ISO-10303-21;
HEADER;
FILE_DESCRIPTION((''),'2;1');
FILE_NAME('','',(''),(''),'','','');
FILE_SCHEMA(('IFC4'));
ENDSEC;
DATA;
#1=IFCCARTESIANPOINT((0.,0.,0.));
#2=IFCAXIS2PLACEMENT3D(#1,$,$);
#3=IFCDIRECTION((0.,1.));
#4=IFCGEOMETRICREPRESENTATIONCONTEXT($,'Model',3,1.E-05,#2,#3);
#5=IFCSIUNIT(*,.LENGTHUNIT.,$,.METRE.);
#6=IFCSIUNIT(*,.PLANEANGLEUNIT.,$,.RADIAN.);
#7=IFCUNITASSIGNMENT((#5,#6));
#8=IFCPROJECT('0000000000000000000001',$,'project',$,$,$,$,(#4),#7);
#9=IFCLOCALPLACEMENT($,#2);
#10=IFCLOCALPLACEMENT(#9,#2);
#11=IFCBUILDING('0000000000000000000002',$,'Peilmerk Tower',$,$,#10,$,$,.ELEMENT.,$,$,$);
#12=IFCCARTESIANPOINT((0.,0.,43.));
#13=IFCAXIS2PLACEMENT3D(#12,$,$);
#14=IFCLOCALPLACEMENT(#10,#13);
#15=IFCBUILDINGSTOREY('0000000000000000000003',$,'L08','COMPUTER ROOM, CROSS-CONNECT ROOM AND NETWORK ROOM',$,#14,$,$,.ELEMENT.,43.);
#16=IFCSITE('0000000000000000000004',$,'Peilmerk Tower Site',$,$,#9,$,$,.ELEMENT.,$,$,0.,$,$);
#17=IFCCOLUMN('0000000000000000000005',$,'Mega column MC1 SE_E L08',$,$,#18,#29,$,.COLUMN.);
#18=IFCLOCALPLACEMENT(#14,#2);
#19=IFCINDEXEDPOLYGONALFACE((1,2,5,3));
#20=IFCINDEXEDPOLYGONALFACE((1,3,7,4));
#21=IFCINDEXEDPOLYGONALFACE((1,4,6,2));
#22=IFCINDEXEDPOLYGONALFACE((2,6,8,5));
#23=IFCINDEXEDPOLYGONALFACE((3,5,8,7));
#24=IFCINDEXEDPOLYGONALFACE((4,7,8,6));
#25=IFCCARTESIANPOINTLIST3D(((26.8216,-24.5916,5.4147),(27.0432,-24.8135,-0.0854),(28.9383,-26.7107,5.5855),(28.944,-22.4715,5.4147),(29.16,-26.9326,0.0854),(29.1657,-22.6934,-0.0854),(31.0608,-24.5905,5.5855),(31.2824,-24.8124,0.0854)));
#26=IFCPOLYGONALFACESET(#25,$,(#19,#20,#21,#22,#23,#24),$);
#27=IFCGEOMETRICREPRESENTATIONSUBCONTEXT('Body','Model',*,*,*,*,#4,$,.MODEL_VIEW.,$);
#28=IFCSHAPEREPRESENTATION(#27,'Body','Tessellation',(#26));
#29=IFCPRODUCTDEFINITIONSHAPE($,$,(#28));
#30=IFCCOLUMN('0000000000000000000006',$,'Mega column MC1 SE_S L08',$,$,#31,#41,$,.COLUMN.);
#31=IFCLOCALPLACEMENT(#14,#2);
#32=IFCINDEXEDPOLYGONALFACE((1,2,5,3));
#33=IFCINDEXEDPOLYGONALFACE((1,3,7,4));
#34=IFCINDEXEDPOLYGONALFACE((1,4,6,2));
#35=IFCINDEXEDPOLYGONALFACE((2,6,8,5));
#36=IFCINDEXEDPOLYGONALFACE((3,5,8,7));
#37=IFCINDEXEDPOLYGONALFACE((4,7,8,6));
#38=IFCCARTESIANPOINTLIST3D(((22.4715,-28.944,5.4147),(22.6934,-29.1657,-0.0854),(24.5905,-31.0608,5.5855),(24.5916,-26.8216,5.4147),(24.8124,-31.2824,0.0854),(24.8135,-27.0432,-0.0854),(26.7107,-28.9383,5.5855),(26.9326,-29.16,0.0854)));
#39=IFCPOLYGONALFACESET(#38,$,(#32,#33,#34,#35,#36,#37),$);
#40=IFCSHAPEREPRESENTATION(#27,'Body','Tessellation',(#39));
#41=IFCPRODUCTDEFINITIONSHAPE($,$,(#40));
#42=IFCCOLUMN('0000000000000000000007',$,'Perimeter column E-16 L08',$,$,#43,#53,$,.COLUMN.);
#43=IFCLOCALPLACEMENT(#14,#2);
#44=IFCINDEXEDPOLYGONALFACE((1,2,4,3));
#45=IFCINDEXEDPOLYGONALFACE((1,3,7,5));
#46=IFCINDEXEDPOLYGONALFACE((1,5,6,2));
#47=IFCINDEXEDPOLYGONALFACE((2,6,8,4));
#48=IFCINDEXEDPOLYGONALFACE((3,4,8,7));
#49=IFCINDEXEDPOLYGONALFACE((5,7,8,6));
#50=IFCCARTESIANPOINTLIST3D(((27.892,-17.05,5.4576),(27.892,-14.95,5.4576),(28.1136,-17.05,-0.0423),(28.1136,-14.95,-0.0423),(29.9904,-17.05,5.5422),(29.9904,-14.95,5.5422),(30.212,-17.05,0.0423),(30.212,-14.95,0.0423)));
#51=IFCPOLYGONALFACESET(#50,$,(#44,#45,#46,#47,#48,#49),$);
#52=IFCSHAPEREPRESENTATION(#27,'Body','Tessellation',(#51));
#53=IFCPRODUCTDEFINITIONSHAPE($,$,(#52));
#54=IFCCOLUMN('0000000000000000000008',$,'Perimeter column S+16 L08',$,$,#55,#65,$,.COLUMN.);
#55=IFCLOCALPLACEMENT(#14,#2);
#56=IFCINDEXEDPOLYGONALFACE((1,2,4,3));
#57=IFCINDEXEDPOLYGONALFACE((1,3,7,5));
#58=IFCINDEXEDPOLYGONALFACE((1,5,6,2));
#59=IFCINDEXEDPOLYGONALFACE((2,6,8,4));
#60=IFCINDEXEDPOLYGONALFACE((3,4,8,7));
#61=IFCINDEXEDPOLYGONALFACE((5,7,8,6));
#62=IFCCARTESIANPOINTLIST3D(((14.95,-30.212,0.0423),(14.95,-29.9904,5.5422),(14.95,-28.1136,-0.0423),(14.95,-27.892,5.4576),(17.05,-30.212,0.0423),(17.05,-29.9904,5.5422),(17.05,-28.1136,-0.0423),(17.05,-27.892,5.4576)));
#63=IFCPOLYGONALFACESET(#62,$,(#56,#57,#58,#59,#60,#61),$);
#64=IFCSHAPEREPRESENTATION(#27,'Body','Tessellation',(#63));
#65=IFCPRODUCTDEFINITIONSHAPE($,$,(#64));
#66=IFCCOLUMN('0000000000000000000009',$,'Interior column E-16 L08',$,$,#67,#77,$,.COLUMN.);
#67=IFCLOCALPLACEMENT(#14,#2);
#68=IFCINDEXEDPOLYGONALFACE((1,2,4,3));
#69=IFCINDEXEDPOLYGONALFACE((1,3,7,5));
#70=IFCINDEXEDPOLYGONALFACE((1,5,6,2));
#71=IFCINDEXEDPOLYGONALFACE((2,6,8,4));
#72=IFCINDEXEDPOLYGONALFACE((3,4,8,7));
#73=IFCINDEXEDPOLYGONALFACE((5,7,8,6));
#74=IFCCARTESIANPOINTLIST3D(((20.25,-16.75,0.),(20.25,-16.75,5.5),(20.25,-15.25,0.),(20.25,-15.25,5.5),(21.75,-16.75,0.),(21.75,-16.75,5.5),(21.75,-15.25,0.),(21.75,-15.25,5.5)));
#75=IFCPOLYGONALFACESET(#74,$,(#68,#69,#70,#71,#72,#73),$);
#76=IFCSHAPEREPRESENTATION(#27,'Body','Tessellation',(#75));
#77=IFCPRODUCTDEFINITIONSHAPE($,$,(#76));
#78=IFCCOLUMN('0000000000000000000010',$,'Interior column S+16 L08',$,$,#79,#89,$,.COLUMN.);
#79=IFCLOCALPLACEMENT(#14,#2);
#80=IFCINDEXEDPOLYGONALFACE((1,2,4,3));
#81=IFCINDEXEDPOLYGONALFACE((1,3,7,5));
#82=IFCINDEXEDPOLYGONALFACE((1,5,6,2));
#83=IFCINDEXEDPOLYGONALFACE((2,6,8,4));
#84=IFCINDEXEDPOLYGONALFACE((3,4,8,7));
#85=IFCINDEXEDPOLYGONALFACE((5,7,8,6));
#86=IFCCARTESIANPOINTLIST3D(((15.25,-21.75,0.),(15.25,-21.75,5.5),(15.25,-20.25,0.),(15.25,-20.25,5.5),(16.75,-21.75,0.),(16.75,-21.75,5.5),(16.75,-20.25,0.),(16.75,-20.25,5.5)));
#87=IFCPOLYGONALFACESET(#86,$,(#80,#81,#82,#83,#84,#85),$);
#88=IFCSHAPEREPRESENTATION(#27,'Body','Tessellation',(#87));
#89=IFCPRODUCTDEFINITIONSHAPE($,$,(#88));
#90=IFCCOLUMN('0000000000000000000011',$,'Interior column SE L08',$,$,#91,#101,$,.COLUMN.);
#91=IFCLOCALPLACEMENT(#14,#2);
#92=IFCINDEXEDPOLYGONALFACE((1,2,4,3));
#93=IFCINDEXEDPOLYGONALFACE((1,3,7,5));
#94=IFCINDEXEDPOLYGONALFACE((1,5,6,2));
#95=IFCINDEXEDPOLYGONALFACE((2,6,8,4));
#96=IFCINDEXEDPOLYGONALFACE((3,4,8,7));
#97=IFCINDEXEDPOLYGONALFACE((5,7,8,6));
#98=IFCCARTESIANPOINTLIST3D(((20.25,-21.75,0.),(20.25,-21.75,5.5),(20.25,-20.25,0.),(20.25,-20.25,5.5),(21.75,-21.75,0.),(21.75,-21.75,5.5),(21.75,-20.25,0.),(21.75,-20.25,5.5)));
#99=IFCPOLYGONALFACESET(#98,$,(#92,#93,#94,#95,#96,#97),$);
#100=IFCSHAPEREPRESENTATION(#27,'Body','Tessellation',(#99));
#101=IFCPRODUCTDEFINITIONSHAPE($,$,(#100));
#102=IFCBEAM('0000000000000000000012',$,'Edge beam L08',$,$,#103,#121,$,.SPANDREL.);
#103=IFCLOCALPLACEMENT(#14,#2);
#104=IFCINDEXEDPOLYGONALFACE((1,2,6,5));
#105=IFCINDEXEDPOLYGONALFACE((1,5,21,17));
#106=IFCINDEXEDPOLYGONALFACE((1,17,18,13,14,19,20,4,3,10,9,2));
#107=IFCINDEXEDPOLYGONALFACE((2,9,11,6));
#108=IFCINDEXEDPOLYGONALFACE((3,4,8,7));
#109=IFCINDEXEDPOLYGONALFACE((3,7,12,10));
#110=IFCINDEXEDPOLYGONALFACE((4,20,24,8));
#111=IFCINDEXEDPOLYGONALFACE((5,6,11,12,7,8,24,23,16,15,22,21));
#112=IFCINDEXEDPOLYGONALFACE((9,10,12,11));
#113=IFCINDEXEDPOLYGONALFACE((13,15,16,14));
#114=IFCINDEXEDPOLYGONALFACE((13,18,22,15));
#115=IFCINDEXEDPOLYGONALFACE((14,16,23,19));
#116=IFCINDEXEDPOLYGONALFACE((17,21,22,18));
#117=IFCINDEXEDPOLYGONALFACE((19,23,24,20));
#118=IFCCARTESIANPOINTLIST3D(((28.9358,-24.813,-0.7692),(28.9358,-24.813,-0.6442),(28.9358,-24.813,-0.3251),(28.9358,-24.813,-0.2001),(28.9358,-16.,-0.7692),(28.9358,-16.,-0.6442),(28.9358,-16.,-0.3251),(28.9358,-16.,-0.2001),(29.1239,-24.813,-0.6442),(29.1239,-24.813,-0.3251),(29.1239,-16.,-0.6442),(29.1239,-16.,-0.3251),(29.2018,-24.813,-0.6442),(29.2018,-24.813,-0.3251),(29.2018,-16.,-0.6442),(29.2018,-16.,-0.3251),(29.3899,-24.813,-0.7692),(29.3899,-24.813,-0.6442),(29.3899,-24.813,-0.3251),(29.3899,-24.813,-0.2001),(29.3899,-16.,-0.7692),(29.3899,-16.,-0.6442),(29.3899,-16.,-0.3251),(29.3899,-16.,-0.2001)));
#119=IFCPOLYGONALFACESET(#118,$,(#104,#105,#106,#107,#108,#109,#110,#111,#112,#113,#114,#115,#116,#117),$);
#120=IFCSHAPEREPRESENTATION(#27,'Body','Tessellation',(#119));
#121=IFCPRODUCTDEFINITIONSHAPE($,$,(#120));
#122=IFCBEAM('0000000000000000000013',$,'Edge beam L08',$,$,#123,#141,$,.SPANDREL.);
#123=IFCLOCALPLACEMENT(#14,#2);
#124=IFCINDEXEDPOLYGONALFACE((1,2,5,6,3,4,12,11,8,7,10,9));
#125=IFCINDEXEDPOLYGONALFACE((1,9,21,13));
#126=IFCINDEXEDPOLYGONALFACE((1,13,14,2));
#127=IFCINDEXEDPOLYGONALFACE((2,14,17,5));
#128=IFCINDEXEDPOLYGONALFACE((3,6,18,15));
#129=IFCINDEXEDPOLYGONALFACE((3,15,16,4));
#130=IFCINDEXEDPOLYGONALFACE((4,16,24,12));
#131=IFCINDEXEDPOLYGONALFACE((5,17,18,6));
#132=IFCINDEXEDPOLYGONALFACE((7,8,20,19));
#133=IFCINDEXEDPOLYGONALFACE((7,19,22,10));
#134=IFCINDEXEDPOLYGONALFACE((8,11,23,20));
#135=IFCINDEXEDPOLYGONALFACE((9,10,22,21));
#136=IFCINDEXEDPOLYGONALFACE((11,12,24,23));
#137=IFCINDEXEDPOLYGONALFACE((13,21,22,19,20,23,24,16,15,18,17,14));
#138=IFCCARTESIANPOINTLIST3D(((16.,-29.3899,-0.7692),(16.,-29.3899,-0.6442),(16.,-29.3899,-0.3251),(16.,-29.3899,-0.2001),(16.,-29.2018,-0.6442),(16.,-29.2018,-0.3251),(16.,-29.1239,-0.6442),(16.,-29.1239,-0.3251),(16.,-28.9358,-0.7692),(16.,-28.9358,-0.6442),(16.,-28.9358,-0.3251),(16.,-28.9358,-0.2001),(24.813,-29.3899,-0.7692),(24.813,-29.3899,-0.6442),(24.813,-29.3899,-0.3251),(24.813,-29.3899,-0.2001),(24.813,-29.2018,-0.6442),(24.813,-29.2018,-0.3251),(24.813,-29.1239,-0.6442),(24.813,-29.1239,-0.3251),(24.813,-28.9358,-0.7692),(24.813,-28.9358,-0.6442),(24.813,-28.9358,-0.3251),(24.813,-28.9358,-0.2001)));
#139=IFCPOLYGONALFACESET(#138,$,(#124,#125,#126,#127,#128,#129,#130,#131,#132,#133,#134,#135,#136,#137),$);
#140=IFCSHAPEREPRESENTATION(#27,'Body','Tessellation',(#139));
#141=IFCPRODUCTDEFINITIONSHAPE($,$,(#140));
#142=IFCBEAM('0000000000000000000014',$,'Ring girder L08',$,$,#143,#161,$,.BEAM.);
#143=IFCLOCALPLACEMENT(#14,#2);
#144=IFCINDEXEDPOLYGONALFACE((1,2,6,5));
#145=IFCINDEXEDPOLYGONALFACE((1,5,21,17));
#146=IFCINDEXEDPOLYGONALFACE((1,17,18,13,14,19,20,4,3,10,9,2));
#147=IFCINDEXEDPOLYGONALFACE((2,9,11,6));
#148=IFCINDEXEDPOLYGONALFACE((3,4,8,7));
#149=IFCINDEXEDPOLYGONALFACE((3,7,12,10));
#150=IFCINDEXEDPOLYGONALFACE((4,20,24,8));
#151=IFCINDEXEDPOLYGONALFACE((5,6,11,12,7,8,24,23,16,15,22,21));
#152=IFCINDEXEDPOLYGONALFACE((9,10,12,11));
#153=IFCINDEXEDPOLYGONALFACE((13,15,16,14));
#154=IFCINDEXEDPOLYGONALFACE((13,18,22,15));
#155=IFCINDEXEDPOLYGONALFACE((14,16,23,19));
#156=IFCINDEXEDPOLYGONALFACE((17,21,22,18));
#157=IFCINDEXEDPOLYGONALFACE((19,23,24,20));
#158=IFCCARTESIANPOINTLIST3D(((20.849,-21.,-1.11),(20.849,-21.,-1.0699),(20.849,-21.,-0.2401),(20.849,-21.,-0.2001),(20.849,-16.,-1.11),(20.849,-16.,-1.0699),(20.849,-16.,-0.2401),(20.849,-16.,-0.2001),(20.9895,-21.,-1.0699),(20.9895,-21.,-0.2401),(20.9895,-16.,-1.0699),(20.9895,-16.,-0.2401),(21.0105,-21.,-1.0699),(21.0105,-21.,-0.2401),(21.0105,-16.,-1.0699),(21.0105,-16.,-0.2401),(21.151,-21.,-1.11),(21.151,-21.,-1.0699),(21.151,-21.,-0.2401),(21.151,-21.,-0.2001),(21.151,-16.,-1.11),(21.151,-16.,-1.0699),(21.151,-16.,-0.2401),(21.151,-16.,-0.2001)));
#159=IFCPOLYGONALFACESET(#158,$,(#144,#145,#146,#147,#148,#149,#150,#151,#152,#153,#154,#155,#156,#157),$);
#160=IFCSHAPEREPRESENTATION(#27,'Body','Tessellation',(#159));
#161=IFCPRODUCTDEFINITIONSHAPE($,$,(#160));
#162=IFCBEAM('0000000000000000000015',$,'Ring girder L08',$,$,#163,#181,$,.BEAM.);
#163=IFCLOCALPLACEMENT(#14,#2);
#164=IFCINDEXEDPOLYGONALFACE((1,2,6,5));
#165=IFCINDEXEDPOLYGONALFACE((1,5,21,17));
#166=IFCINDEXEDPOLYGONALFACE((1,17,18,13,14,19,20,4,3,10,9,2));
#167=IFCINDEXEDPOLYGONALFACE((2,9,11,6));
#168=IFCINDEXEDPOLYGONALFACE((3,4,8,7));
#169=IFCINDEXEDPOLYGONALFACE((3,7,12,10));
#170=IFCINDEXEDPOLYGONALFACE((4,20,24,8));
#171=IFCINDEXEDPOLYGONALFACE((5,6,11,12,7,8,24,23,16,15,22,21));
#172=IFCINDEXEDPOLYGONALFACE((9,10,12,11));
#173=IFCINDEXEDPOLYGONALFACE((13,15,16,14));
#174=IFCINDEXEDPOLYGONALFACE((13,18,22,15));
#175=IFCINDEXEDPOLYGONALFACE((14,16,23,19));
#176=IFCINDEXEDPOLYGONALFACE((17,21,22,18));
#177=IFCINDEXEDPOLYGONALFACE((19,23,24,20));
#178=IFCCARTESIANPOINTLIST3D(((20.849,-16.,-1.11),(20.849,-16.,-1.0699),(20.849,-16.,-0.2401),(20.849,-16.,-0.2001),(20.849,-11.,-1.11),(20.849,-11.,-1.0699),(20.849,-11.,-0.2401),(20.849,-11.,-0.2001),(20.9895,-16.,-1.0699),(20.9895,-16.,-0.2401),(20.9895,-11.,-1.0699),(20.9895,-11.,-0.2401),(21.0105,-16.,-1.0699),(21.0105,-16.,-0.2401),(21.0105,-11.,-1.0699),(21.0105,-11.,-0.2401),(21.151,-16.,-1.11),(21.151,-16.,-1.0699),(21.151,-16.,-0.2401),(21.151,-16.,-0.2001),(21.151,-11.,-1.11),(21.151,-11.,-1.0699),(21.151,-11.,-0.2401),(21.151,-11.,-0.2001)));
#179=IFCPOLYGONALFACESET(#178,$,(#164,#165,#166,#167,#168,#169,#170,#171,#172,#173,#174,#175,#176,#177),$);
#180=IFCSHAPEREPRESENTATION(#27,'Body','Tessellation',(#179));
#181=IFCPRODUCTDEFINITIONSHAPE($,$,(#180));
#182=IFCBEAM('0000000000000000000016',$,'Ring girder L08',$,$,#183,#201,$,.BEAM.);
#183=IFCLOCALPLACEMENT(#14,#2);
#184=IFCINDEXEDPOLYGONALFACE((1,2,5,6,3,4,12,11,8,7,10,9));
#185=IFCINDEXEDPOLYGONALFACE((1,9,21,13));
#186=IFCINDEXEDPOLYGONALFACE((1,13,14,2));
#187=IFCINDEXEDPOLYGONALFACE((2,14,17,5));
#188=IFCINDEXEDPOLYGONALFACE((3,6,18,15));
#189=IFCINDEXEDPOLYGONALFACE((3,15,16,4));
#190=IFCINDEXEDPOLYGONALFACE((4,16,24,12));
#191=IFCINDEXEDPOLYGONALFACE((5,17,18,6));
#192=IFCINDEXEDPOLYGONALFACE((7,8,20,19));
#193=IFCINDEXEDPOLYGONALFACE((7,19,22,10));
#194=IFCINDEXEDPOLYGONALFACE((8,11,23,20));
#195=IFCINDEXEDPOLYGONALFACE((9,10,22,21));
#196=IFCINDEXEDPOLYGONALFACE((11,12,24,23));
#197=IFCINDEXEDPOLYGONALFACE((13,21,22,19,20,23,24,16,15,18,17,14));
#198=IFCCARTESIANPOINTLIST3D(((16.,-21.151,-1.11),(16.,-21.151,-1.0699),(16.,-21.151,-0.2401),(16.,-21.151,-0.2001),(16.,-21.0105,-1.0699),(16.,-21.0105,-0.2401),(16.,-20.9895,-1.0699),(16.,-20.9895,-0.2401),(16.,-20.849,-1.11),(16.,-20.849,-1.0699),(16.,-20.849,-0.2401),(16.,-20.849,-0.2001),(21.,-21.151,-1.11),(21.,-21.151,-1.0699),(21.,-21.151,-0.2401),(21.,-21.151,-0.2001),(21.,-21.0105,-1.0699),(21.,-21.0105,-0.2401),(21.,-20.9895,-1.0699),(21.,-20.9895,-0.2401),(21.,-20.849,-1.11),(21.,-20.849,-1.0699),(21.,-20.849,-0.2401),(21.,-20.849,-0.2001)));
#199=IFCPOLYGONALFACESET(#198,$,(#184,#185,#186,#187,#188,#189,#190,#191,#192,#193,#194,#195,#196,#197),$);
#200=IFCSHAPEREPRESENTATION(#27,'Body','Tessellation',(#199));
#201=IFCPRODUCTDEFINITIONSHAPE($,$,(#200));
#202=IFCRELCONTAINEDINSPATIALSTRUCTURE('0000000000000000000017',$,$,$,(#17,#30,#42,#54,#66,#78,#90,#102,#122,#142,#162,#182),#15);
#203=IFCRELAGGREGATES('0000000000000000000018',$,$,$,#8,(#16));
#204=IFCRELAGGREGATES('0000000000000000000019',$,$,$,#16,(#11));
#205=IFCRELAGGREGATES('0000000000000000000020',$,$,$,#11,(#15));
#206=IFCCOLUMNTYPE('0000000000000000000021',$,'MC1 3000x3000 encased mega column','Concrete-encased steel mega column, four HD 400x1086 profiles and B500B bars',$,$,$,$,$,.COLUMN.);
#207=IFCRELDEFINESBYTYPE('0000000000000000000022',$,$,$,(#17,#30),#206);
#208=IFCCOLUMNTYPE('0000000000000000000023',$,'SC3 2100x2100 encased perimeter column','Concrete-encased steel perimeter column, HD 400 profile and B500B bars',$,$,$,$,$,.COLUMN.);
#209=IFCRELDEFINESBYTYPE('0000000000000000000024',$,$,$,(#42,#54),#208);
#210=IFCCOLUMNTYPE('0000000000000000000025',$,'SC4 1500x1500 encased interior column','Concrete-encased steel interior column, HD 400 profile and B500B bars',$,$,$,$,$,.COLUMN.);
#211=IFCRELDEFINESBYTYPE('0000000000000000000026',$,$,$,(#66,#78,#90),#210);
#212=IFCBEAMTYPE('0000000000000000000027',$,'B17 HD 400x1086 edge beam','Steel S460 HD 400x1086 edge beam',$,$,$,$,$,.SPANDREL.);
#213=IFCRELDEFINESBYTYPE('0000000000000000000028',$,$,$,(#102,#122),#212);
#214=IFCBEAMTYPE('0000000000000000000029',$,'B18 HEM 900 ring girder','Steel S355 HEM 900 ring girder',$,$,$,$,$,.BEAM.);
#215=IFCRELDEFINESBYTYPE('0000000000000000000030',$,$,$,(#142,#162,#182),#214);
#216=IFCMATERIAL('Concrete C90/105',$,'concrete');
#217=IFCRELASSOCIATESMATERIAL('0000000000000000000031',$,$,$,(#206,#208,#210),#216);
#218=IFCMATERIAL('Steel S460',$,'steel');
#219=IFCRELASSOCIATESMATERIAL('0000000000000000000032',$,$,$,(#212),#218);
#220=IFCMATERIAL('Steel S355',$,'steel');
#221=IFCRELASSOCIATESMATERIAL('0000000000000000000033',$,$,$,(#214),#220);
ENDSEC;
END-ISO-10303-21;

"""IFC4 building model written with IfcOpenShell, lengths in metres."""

from ifc_helpers import new_model, si_unit, direction, frame, origin, origin_2d, place, context, subcontext, project, spatial, rectangle, i_section, extrude, material, material_profile, profile_set, type_object, element, save


model = new_model("IFC4")

# Units and contexts
model_context = context("Model", 3, precision=1e-05, world=origin(), true_north=direction((0.0, 1.0)))
body_context = subcontext(model_context, "Body", "Model", "MODEL_VIEW")
ifc_project = project(units=[si_unit("LENGTHUNIT", "METRE"), si_unit("PLANEANGLEUNIT", "RADIAN")], contexts=[model_context])

# Site, building, storey
site_placement = place(None, origin())
site = spatial("IfcSite", under=ifc_project, at=site_placement, Name="Peilmerk Tower Site", CompositionType="ELEMENT", RefElevation=0.0)
building_placement = place(site_placement, origin())
building = spatial("IfcBuilding", under=site, at=building_placement, Name="Peilmerk Tower", CompositionType="ELEMENT")
storey_placement = place(building_placement, frame((0.0, 0.0, 43.0)))
storey = spatial("IfcBuildingStorey", under=building, at=storey_placement, Name="L08", Description="COMPUTER ROOM, CROSS-CONNECT ROOM AND NETWORK ROOM", CompositionType="ELEMENT", Elevation=43.0)

# Columns
ifc_material_1 = material(Name="Concrete C90/105", Category="concrete")
ifc_material_profile_1 = material_profile(ifc_material_1, rectangle(XDim=3.0, YDim=3.0, at=origin_2d()), Name="RC 3000x3000")
ifc_profile_set_1 = profile_set([ifc_material_profile_1], Name="Concrete C90/105")
column_type_1 = type_object("IfcColumnType", Name="MC1 3000x3000 encased mega column", Description="Concrete-encased steel mega column, four HD 400x1086 profiles and B500B bars", PredefinedType="COLUMN", material=ifc_profile_set_1)
for number, where, z_axis, x_axis, name in (
    (1, (29.1628, -24.813, 0.0), (-0.04024, 0.040284, 0.998378), (-0.707496, -0.706718, 0.0), "Mega column MC1 SE_E L08"),
    (2, (24.813, -29.1628, 0.0), (-0.040284, 0.04024, 0.998378), (-0.706718, -0.707496, 0.0), "Mega column MC1 SE_S L08"),
):
    element("IfcColumn", number, at=place(storey_placement, frame(where, z_axis=z_axis, x_axis=x_axis)), inside=storey, type_object=column_type_1, Name=name, PredefinedType="COLUMN", context=body_context, shape_type="SweptSolid", body=[
        extrude(rectangle(XDim=3.0, YDim=3.0, at=origin_2d()), origin(), (0.0, 0.0, 1.0), 5.509),
    ])
ifc_material_profile_2 = material_profile(ifc_material_1, rectangle(XDim=2.1001, YDim=2.1001, at=origin_2d()), Name="RC 2100x2100")
ifc_profile_set_2 = profile_set([ifc_material_profile_2], Name="Concrete C90/105")
column_type_2 = type_object("IfcColumnType", Name="SC3 2100x2100 encased perimeter column", Description="Concrete-encased steel perimeter column, HD 400 profile and B500B bars", PredefinedType="COLUMN", material=ifc_profile_set_2)
for number, where, z_axis, x_axis, name in (
    (3, (29.1628, -16.0, 0.0), (-0.040273, 0.0, 0.999189), (0.0, -1.0, 0.0), "Perimeter column E-16 L08"),
    (4, (16.0, -29.1628, 0.0), (0.0, 0.040273, 0.999189), (-1.0, 0.0, 0.0), "Perimeter column S+16 L08"),
):
    element("IfcColumn", number, at=place(storey_placement, frame(where, z_axis=z_axis, x_axis=x_axis)), inside=storey, type_object=column_type_2, Name=name, PredefinedType="COLUMN", context=body_context, shape_type="SweptSolid", body=[
        extrude(rectangle(XDim=2.1001, YDim=2.1001, at=origin_2d()), origin(), (0.0, 0.0, 1.0), 5.5044),
    ])
ifc_material_profile_3 = material_profile(ifc_material_1, rectangle(XDim=1.5, YDim=1.5, at=origin_2d()), Name="RC 1500x1500")
ifc_profile_set_3 = profile_set([ifc_material_profile_3], Name="Concrete C90/105")
column_type_3 = type_object("IfcColumnType", Name="SC4 1500x1500 encased interior column", Description="Concrete-encased steel interior column, HD 400 profile and B500B bars", PredefinedType="COLUMN", material=ifc_profile_set_3)
for number, where, z_axis, x_axis, name in (
    (5, (21.0, -16.0, 0.0), (0.0, 0.0, 1.0), (1.0, 0.0, 0.0), "Interior column E-16 L08"),
    (6, (16.0, -21.0, 0.0), (0.0, 0.0, 1.0), (1.0, 0.0, 0.0), "Interior column S+16 L08"),
    (7, (21.0, -21.0, 0.0), (0.0, 0.0, 1.0), (1.0, 0.0, 0.0), "Interior column SE L08"),
):
    element("IfcColumn", number, at=place(storey_placement, frame(where, z_axis=z_axis, x_axis=x_axis)), inside=storey, type_object=column_type_3, Name=name, PredefinedType="COLUMN", context=body_context, shape_type="SweptSolid", body=[
        extrude(rectangle(XDim=1.5, YDim=1.5, at=origin_2d()), origin(), (0.0, 0.0, 1.0), 5.5),
    ])

# Beams
ifc_material_2 = material(Name="Steel S460", Category="steel")
ifc_material_profile_4 = material_profile(ifc_material_2, i_section(OverallWidth=0.4541, OverallDepth=0.5691, WebThickness=0.0779, FlangeThickness=0.125, at=origin_2d()), Name="HD 400x1086")
ifc_profile_set_4 = profile_set([ifc_material_profile_4], Name="Steel S460")
beam_type_1 = type_object("IfcBeamType", Name="B17 HD 400x1086 edge beam", Description="Steel S460 HD 400x1086 edge beam", PredefinedType="SPANDREL", material=ifc_profile_set_4)
for number, where, z_axis, x_axis, name in (
    (8, (29.1628, -24.813, -0.4846), (0.0, 1.0, 0.0), (-1.0, 0.0, 0.0), "Edge beam L08"),
    (9, (16.0, -29.1628, -0.4846), (1.0, 0.0, 0.0), (0.0, 1.0, 0.0), "Edge beam L08"),
):
    element("IfcBeam", number, at=place(storey_placement, frame(where, z_axis=z_axis, x_axis=x_axis)), inside=storey, type_object=beam_type_1, Name=name, PredefinedType="SPANDREL", context=body_context, shape_type="SweptSolid", body=[
        extrude(i_section(OverallWidth=0.4541, OverallDepth=0.5691, WebThickness=0.0779, FlangeThickness=0.125, at=origin_2d()), origin(), (0.0, 0.0, 1.0), 8.813),
    ])
ifc_material_3 = material(Name="Steel S355", Category="steel")
ifc_material_profile_5 = material_profile(ifc_material_3, i_section(OverallWidth=0.302, OverallDepth=0.9099, WebThickness=0.021, FlangeThickness=0.04, at=origin_2d()), Name="HEM 900")
ifc_profile_set_5 = profile_set([ifc_material_profile_5], Name="Steel S355")
beam_type_2 = type_object("IfcBeamType", Name="B18 HEM 900 ring girder", Description="Steel S355 HEM 900 ring girder", PredefinedType="BEAM", material=ifc_profile_set_5)
for number, where, z_axis, x_axis, name in (
    (10, (21.0, -21.0, -0.655), (0.0, 1.0, 0.0), (-1.0, 0.0, 0.0), "Ring girder L08"),
    (11, (21.0, -16.0, -0.655), (0.0, 1.0, 0.0), (-1.0, 0.0, 0.0), "Ring girder L08"),
    (12, (16.0, -21.0, -0.655), (1.0, 0.0, 0.0), (0.0, 1.0, 0.0), "Ring girder L08"),
):
    element("IfcBeam", number, at=place(storey_placement, frame(where, z_axis=z_axis, x_axis=x_axis)), inside=storey, type_object=beam_type_2, Name=name, PredefinedType="BEAM", context=body_context, shape_type="SweptSolid", body=[
        extrude(i_section(OverallWidth=0.302, OverallDepth=0.9099, WebThickness=0.021, FlangeThickness=0.04, at=origin_2d()), origin(), (0.0, 0.0, 1.0), 5.0),
    ])

save(model, "model.ifc")
